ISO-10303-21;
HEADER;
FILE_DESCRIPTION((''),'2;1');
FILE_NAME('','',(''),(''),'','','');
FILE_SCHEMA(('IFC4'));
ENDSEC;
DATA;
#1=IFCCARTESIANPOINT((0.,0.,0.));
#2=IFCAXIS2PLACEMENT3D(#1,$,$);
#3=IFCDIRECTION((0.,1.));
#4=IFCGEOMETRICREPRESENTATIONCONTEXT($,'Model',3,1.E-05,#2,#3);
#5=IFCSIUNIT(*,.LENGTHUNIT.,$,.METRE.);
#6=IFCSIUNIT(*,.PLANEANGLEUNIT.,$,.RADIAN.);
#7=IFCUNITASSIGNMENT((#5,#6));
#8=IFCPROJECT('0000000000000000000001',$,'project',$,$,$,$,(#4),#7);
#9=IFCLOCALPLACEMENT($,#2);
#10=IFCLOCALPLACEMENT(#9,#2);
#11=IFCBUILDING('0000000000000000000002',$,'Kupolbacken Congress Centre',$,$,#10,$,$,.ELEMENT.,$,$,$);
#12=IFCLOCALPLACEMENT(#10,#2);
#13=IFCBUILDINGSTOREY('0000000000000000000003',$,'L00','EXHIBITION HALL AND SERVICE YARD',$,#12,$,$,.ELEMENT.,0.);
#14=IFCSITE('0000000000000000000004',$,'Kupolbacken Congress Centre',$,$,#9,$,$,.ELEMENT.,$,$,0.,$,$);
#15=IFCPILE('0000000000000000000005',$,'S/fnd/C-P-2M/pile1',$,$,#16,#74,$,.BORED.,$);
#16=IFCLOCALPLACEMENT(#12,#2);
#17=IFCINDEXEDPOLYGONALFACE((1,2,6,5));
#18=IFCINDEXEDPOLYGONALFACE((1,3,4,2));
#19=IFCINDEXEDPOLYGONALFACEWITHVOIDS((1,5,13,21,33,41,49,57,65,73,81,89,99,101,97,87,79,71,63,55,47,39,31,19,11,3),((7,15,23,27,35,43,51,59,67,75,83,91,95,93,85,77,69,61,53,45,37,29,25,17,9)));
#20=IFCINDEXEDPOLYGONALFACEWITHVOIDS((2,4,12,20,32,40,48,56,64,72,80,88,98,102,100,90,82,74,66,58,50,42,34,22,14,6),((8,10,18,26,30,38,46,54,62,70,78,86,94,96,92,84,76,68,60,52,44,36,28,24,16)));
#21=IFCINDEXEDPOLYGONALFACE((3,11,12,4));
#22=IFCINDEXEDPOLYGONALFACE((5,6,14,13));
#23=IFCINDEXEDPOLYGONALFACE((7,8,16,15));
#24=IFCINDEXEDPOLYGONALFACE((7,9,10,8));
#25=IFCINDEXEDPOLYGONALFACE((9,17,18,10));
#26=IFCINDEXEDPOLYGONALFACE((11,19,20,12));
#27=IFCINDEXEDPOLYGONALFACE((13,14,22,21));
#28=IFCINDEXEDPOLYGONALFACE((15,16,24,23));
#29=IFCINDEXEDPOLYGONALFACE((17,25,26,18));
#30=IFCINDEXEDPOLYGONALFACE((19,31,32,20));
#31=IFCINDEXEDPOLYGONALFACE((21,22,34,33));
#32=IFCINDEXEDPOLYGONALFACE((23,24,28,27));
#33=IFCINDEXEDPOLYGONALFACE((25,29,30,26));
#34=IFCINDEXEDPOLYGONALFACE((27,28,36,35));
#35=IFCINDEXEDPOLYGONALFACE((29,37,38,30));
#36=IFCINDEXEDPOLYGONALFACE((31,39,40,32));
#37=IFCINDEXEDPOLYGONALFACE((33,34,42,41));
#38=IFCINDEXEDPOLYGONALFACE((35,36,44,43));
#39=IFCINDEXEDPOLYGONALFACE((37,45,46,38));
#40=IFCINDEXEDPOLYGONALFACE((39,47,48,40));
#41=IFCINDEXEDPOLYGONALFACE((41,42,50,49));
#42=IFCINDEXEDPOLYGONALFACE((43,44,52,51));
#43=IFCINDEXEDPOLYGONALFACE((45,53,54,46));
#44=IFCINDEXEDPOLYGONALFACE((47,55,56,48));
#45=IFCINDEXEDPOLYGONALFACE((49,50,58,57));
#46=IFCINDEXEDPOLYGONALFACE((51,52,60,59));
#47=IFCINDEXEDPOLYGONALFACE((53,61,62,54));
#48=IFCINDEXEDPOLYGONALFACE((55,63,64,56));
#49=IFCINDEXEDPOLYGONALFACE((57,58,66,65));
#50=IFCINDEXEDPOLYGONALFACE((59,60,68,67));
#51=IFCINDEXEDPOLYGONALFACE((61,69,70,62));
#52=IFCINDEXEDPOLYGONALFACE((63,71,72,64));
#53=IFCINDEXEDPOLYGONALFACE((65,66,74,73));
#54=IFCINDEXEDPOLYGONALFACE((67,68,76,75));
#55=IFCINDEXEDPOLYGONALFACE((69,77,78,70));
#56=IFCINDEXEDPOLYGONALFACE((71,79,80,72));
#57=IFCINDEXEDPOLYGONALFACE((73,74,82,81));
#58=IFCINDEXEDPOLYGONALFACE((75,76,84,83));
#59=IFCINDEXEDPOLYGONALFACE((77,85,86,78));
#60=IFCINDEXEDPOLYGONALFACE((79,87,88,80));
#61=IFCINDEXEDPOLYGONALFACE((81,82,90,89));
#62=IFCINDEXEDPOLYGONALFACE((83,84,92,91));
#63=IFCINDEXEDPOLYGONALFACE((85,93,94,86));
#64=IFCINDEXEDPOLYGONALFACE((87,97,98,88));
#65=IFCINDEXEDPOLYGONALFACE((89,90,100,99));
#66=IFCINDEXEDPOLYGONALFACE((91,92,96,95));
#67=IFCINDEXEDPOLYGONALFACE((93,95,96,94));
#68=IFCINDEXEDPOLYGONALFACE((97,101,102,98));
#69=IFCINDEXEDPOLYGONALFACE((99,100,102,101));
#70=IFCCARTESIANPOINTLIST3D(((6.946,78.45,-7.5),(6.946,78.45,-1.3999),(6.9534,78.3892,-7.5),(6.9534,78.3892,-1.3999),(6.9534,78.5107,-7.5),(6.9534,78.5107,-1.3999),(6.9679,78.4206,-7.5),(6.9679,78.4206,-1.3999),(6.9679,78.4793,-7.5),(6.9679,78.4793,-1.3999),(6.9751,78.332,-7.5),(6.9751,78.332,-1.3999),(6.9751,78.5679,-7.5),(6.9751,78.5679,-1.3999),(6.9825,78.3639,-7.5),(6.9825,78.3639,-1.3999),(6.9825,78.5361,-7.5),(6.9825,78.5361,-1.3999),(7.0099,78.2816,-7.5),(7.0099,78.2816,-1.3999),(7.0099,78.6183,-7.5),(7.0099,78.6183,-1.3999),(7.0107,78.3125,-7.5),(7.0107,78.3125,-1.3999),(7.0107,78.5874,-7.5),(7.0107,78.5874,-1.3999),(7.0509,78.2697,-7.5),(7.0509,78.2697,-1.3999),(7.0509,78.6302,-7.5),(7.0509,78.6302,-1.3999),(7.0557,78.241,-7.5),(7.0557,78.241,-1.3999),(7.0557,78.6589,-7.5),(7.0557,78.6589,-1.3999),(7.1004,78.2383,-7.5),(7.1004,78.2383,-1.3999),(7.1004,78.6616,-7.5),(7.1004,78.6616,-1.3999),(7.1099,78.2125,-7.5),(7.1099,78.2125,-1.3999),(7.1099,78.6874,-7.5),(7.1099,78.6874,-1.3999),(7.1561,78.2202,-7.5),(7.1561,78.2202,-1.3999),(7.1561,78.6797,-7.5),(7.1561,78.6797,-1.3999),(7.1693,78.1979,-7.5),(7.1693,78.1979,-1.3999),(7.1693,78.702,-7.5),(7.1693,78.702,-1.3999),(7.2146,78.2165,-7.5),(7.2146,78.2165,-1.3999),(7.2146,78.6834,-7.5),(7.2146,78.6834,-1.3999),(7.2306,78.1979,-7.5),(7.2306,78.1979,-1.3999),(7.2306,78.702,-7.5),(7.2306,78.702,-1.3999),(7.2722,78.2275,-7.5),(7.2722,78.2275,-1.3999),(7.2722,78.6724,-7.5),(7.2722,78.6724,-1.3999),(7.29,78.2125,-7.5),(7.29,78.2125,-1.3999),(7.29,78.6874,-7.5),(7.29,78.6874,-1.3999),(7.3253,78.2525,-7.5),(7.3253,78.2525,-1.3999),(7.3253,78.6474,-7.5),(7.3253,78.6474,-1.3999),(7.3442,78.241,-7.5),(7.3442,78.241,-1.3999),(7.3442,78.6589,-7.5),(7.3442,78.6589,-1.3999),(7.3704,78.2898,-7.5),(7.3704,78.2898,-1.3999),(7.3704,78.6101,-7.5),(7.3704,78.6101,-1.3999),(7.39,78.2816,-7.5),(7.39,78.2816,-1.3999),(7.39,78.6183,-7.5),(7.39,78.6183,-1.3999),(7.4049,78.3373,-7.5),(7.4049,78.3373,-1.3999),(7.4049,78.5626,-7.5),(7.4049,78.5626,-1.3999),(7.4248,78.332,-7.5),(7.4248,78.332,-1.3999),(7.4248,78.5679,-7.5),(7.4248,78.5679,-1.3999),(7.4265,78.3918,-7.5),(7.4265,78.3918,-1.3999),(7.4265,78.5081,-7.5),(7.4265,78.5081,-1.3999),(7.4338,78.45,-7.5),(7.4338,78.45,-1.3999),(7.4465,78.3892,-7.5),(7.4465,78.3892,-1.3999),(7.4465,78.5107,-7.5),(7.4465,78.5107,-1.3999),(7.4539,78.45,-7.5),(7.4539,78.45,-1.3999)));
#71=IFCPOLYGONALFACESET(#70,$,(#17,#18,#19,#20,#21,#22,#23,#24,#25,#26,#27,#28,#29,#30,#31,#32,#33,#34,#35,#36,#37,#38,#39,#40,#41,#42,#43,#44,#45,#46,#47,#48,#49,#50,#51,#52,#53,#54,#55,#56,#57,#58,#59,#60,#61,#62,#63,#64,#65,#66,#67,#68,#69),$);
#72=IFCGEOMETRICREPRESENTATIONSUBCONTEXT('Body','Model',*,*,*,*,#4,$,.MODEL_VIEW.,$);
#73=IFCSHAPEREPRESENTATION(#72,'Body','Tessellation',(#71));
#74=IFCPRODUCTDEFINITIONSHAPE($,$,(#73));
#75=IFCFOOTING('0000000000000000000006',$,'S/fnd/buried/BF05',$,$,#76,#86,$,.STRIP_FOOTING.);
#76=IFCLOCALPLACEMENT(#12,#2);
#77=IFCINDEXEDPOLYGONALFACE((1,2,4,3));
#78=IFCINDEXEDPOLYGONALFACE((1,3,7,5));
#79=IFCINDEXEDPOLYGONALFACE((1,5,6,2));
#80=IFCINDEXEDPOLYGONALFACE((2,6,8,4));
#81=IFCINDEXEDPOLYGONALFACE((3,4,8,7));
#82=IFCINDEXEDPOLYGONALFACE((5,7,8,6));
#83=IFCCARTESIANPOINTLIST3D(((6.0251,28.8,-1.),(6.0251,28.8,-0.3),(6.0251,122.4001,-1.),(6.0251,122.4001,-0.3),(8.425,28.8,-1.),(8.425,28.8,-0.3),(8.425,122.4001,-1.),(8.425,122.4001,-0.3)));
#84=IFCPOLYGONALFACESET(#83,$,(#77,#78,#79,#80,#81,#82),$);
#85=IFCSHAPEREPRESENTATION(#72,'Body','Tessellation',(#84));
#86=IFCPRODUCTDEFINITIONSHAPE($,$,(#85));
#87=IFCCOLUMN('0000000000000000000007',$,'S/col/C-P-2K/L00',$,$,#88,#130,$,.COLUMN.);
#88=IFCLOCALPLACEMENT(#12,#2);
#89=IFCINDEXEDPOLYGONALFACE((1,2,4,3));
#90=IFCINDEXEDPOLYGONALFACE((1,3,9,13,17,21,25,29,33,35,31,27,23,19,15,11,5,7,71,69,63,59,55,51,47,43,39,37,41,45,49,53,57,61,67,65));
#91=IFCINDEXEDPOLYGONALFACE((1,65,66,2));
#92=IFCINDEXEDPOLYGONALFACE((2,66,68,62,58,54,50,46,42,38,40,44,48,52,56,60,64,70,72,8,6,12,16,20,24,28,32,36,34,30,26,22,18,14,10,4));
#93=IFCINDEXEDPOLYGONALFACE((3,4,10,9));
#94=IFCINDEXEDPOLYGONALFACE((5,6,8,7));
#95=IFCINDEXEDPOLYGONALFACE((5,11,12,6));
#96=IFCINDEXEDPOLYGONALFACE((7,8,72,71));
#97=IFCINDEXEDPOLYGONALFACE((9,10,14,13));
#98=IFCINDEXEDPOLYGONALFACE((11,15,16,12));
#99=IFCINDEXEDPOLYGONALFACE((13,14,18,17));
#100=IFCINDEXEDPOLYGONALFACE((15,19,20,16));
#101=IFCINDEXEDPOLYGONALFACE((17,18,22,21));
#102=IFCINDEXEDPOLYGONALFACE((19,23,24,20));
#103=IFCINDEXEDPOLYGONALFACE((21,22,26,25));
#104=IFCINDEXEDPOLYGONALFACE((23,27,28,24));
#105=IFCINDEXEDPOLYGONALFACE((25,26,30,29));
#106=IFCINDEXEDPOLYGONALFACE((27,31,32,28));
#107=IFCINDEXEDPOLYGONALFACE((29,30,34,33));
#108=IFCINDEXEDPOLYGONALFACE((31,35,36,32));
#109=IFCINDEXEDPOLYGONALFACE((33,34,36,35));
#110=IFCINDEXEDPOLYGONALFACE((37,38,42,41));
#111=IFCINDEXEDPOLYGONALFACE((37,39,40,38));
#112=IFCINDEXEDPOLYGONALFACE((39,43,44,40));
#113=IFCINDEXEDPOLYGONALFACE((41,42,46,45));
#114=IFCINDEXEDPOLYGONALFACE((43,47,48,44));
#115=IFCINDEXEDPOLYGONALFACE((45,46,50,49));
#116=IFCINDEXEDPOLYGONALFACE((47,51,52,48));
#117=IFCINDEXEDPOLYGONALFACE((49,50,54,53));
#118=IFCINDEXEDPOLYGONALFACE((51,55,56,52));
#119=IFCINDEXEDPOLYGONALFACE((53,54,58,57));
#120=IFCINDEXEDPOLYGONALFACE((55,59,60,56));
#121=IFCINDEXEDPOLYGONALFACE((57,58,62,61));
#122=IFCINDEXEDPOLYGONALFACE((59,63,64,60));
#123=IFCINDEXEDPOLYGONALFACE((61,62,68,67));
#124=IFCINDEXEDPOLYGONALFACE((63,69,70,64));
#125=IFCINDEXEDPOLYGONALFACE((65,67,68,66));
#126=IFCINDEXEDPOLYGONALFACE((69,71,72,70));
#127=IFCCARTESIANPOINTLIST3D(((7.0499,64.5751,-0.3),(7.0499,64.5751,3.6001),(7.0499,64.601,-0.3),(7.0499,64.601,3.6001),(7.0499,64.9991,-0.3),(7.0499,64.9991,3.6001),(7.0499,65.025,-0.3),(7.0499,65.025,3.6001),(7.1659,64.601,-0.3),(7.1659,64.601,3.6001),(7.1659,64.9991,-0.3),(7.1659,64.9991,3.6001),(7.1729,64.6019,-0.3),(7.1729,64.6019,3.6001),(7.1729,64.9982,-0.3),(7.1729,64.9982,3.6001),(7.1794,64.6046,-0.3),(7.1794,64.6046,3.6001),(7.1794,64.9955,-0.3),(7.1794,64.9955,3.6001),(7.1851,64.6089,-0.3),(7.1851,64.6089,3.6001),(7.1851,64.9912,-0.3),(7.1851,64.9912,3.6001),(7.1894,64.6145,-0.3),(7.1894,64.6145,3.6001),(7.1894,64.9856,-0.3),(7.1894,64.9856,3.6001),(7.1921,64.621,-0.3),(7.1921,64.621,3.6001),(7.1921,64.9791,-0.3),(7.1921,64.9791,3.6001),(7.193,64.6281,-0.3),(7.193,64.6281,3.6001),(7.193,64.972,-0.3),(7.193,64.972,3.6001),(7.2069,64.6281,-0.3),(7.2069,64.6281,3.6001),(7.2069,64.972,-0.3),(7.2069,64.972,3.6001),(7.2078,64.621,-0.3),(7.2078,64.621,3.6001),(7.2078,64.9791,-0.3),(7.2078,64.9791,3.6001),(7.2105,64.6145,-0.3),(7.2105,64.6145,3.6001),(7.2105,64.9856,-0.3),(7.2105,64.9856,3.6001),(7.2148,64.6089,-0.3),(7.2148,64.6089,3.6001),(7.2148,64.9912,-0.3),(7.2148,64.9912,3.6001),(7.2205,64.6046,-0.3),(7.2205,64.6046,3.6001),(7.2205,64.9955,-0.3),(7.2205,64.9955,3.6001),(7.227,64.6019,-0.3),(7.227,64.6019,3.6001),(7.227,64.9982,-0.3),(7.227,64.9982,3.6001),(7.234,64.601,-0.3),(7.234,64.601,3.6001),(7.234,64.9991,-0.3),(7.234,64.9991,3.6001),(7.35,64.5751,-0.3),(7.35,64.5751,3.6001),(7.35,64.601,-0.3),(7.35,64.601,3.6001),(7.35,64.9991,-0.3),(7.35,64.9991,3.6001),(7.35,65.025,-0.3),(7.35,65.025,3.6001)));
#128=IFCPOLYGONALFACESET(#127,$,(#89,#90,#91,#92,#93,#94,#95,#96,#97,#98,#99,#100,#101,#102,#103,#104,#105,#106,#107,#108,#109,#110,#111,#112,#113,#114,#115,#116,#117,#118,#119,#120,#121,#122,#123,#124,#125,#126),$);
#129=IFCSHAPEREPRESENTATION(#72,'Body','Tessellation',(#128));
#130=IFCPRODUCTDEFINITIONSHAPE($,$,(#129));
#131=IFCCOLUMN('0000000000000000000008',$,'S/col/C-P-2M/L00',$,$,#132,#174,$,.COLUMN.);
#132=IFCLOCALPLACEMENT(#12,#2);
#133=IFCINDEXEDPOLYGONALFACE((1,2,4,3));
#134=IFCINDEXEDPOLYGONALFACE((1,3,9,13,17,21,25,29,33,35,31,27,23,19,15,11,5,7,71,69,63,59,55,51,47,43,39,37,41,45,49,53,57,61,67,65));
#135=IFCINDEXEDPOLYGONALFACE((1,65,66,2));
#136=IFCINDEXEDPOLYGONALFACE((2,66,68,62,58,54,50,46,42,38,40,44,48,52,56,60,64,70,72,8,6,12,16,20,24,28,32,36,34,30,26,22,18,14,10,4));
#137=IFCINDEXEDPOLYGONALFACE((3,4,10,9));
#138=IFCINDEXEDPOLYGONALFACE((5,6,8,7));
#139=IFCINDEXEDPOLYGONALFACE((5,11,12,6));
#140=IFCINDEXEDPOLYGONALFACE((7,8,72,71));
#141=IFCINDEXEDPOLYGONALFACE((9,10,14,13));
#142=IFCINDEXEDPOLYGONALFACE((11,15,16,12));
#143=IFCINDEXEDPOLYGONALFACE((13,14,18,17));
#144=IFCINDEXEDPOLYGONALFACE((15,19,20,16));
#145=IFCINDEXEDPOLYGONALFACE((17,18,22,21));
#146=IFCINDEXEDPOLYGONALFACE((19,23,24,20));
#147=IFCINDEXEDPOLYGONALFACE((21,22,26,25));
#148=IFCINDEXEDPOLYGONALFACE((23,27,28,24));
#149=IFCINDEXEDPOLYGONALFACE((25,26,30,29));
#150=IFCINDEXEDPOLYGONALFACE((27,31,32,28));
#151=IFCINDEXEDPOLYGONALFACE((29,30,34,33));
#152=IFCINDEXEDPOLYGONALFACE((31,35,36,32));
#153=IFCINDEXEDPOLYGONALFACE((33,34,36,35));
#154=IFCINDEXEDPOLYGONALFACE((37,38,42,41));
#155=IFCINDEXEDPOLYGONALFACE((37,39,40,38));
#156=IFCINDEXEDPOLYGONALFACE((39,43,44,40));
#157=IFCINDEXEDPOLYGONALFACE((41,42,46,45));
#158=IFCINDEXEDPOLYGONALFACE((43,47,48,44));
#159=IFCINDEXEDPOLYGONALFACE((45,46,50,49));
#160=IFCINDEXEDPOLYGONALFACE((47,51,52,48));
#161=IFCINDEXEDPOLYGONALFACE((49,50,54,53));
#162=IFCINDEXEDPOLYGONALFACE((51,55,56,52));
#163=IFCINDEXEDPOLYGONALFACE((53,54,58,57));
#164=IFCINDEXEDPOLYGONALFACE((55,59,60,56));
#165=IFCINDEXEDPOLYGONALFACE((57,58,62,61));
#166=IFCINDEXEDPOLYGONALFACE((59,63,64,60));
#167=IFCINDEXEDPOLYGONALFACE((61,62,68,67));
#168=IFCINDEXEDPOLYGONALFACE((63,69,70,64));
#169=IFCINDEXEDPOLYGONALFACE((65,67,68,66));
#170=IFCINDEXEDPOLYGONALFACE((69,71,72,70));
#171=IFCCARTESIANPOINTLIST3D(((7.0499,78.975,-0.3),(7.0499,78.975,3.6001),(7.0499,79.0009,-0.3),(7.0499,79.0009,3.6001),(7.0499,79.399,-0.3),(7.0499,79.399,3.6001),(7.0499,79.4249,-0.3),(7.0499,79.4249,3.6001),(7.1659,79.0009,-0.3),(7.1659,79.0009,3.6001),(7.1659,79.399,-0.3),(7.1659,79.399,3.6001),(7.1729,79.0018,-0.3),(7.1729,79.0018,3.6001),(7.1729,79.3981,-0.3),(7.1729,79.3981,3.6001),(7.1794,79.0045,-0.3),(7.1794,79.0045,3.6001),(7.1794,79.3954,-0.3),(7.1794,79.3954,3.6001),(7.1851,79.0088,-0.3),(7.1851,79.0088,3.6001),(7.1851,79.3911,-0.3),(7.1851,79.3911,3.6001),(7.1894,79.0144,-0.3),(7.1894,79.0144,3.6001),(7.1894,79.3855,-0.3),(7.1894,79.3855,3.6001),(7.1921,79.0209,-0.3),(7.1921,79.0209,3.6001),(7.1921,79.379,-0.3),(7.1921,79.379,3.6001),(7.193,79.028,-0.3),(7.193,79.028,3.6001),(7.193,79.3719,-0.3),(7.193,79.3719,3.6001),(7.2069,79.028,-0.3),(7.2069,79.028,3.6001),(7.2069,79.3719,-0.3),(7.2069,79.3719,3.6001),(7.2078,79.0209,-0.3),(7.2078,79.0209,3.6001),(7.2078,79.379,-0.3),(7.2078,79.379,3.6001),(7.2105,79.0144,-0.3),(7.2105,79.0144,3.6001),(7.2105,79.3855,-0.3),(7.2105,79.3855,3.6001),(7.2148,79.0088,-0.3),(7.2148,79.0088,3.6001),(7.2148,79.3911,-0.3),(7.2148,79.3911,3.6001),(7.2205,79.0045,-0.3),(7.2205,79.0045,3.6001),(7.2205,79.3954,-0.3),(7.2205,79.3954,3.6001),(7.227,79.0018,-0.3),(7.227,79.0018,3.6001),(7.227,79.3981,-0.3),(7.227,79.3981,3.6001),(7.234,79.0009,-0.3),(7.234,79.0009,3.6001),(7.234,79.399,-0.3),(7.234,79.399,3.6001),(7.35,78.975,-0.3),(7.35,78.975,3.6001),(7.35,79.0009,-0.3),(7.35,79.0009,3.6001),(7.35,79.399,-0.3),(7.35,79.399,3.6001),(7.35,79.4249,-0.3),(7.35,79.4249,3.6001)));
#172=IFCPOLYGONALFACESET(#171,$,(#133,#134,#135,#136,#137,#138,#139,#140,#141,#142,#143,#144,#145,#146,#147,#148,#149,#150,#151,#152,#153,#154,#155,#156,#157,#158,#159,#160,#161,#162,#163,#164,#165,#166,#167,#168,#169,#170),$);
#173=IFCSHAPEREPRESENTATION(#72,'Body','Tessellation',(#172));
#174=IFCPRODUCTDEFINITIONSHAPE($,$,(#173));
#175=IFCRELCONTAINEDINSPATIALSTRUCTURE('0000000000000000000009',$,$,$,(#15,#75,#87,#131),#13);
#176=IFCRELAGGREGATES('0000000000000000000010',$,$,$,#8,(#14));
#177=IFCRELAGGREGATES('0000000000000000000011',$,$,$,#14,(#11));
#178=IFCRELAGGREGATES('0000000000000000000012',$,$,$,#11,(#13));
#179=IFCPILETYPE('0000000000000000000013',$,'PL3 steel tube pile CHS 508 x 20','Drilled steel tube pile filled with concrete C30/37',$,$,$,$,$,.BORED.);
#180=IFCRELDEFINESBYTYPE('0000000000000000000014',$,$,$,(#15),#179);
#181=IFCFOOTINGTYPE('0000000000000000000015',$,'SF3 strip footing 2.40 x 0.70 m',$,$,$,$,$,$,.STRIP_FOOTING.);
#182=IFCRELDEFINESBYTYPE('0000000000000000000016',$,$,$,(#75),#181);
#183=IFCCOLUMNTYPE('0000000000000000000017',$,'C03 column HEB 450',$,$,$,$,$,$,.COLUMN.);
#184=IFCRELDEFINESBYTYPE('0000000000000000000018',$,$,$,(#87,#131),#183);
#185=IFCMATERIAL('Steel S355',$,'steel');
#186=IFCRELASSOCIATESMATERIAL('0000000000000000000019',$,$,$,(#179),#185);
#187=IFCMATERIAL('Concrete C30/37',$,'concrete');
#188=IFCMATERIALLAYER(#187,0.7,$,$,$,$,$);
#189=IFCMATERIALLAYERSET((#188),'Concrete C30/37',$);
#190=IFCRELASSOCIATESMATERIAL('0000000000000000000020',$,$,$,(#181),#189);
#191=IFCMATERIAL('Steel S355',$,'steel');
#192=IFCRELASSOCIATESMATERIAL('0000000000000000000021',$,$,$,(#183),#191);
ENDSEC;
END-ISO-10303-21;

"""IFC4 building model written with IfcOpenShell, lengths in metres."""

from ifc_helpers import new_model, si_unit, direction, frame, origin, origin_2d, place, context, subcontext, project, spatial, rectangle, hollow_circle, i_section, extrude, material, layer, layer_set, material_profile, profile_set, type_object, element, save


model = new_model("IFC4")

# Units and contexts
model_context = context("Model", 3, precision=1e-05, world=origin(), true_north=direction((0.0, 1.0)))
body_context = subcontext(model_context, "Body", "Model", "MODEL_VIEW")
ifc_project = project(units=[si_unit("LENGTHUNIT", "METRE"), si_unit("PLANEANGLEUNIT", "RADIAN")], contexts=[model_context])

# Site, building, storey
site_placement = place(None, origin())
site = spatial("IfcSite", under=ifc_project, at=site_placement, Name="Kupolbacken Congress Centre", CompositionType="ELEMENT", RefElevation=0.0)
building_placement = place(site_placement, origin())
building = spatial("IfcBuilding", under=site, at=building_placement, Name="Kupolbacken Congress Centre", CompositionType="ELEMENT")
storey_placement = place(building_placement, origin())
storey = spatial("IfcBuildingStorey", under=building, at=storey_placement, Name="L00", Description="EXHIBITION HALL AND SERVICE YARD", CompositionType="ELEMENT", Elevation=0.0)

# Pile
ifc_material_1 = material(Name="Steel S355", Category="steel")
ifc_material_profile_1 = material_profile(ifc_material_1, hollow_circle(Radius=0.2539, WallThickness=0.02, at=origin_2d()), Name="CHS 508 x 20")
ifc_profile_set_1 = profile_set([ifc_material_profile_1], Name="Steel S355")
pile_type_1 = type_object("IfcPileType", Name="PL3 steel tube pile CHS 508 x 20", Description="Drilled steel tube pile filled with concrete C30/37", PredefinedType="BORED", material=ifc_profile_set_1)
for number, where, z_axis, x_axis, name in (
    (1, (7.2, 78.45, -1.3999), (0.0, 0.0, -1.0), (1.0, 0.0, 0.0), "S/fnd/C-P-2M/pile1"),
):
    element("IfcPile", number, at=place(storey_placement, frame(where, z_axis=z_axis, x_axis=x_axis)), inside=storey, type_object=pile_type_1, Name=name, PredefinedType="BORED", context=body_context, shape_type="SweptSolid", body=[
        extrude(hollow_circle(Radius=0.2539, WallThickness=0.02, at=origin_2d()), origin(), (0.0, 0.0, 1.0), 6.1001),
    ])

# Footing
ifc_material_2 = material(Name="Concrete C30/37", Category="concrete")
ifc_layer_1 = layer(ifc_material_2, 0.7)
ifc_layer_set_1 = layer_set([ifc_layer_1], Name="Concrete C30/37")
footing_type_1 = type_object("IfcFootingType", Name="SF3 strip footing 2.40 x 0.70 m", PredefinedType="STRIP_FOOTING", material=ifc_layer_set_1)
footing_1_placement = place(storey_placement, frame((7.2251, 75.6001, -1.0), z_axis=(0.0, 0.0, 1.0), x_axis=(0.0, 1.0, 0.0)))
element("IfcFooting", 2, at=footing_1_placement, inside=storey, type_object=footing_type_1, Name="S/fnd/buried/BF05", PredefinedType="STRIP_FOOTING", context=body_context, shape_type="SweptSolid", body=[
    extrude(rectangle(XDim=93.6001, YDim=2.3999, at=origin_2d()), origin(), (0.0, 0.0, 1.0), 0.7),
])

# Columns
ifc_material_3 = material(Name="Steel S355", Category="steel")
ifc_material_profile_2 = material_profile(ifc_material_3, i_section(OverallWidth=0.3, OverallDepth=0.45, WebThickness=0.0139, FlangeThickness=0.0259, FilletRadius=0.0271, at=origin_2d()), Name="HEB 450")
ifc_profile_set_2 = profile_set([ifc_material_profile_2], Name="Steel S355")
column_type_1 = type_object("IfcColumnType", Name="C03 column HEB 450", PredefinedType="COLUMN", material=ifc_profile_set_2)
for number, where, z_axis, x_axis, name in (
    (3, (7.2, 64.8, -0.3), (0.0, 0.0, 1.0), (1.0, 0.0, 0.0), "S/col/C-P-2K/L00"),
    (4, (7.2, 79.2, -0.3), (0.0, 0.0, 1.0), (1.0, 0.0, 0.0), "S/col/C-P-2M/L00"),
):
    element("IfcColumn", number, at=place(storey_placement, frame(where, z_axis=z_axis, x_axis=x_axis)), inside=storey, type_object=column_type_1, Name=name, PredefinedType="COLUMN", context=body_context, shape_type="SweptSolid", body=[
        extrude(i_section(OverallWidth=0.3, OverallDepth=0.45, WebThickness=0.0139, FlangeThickness=0.0259, FilletRadius=0.0271, at=origin_2d()), origin(), (0.0, 0.0, 1.0), 3.9001),
    ])

save(model, "model.ifc")
